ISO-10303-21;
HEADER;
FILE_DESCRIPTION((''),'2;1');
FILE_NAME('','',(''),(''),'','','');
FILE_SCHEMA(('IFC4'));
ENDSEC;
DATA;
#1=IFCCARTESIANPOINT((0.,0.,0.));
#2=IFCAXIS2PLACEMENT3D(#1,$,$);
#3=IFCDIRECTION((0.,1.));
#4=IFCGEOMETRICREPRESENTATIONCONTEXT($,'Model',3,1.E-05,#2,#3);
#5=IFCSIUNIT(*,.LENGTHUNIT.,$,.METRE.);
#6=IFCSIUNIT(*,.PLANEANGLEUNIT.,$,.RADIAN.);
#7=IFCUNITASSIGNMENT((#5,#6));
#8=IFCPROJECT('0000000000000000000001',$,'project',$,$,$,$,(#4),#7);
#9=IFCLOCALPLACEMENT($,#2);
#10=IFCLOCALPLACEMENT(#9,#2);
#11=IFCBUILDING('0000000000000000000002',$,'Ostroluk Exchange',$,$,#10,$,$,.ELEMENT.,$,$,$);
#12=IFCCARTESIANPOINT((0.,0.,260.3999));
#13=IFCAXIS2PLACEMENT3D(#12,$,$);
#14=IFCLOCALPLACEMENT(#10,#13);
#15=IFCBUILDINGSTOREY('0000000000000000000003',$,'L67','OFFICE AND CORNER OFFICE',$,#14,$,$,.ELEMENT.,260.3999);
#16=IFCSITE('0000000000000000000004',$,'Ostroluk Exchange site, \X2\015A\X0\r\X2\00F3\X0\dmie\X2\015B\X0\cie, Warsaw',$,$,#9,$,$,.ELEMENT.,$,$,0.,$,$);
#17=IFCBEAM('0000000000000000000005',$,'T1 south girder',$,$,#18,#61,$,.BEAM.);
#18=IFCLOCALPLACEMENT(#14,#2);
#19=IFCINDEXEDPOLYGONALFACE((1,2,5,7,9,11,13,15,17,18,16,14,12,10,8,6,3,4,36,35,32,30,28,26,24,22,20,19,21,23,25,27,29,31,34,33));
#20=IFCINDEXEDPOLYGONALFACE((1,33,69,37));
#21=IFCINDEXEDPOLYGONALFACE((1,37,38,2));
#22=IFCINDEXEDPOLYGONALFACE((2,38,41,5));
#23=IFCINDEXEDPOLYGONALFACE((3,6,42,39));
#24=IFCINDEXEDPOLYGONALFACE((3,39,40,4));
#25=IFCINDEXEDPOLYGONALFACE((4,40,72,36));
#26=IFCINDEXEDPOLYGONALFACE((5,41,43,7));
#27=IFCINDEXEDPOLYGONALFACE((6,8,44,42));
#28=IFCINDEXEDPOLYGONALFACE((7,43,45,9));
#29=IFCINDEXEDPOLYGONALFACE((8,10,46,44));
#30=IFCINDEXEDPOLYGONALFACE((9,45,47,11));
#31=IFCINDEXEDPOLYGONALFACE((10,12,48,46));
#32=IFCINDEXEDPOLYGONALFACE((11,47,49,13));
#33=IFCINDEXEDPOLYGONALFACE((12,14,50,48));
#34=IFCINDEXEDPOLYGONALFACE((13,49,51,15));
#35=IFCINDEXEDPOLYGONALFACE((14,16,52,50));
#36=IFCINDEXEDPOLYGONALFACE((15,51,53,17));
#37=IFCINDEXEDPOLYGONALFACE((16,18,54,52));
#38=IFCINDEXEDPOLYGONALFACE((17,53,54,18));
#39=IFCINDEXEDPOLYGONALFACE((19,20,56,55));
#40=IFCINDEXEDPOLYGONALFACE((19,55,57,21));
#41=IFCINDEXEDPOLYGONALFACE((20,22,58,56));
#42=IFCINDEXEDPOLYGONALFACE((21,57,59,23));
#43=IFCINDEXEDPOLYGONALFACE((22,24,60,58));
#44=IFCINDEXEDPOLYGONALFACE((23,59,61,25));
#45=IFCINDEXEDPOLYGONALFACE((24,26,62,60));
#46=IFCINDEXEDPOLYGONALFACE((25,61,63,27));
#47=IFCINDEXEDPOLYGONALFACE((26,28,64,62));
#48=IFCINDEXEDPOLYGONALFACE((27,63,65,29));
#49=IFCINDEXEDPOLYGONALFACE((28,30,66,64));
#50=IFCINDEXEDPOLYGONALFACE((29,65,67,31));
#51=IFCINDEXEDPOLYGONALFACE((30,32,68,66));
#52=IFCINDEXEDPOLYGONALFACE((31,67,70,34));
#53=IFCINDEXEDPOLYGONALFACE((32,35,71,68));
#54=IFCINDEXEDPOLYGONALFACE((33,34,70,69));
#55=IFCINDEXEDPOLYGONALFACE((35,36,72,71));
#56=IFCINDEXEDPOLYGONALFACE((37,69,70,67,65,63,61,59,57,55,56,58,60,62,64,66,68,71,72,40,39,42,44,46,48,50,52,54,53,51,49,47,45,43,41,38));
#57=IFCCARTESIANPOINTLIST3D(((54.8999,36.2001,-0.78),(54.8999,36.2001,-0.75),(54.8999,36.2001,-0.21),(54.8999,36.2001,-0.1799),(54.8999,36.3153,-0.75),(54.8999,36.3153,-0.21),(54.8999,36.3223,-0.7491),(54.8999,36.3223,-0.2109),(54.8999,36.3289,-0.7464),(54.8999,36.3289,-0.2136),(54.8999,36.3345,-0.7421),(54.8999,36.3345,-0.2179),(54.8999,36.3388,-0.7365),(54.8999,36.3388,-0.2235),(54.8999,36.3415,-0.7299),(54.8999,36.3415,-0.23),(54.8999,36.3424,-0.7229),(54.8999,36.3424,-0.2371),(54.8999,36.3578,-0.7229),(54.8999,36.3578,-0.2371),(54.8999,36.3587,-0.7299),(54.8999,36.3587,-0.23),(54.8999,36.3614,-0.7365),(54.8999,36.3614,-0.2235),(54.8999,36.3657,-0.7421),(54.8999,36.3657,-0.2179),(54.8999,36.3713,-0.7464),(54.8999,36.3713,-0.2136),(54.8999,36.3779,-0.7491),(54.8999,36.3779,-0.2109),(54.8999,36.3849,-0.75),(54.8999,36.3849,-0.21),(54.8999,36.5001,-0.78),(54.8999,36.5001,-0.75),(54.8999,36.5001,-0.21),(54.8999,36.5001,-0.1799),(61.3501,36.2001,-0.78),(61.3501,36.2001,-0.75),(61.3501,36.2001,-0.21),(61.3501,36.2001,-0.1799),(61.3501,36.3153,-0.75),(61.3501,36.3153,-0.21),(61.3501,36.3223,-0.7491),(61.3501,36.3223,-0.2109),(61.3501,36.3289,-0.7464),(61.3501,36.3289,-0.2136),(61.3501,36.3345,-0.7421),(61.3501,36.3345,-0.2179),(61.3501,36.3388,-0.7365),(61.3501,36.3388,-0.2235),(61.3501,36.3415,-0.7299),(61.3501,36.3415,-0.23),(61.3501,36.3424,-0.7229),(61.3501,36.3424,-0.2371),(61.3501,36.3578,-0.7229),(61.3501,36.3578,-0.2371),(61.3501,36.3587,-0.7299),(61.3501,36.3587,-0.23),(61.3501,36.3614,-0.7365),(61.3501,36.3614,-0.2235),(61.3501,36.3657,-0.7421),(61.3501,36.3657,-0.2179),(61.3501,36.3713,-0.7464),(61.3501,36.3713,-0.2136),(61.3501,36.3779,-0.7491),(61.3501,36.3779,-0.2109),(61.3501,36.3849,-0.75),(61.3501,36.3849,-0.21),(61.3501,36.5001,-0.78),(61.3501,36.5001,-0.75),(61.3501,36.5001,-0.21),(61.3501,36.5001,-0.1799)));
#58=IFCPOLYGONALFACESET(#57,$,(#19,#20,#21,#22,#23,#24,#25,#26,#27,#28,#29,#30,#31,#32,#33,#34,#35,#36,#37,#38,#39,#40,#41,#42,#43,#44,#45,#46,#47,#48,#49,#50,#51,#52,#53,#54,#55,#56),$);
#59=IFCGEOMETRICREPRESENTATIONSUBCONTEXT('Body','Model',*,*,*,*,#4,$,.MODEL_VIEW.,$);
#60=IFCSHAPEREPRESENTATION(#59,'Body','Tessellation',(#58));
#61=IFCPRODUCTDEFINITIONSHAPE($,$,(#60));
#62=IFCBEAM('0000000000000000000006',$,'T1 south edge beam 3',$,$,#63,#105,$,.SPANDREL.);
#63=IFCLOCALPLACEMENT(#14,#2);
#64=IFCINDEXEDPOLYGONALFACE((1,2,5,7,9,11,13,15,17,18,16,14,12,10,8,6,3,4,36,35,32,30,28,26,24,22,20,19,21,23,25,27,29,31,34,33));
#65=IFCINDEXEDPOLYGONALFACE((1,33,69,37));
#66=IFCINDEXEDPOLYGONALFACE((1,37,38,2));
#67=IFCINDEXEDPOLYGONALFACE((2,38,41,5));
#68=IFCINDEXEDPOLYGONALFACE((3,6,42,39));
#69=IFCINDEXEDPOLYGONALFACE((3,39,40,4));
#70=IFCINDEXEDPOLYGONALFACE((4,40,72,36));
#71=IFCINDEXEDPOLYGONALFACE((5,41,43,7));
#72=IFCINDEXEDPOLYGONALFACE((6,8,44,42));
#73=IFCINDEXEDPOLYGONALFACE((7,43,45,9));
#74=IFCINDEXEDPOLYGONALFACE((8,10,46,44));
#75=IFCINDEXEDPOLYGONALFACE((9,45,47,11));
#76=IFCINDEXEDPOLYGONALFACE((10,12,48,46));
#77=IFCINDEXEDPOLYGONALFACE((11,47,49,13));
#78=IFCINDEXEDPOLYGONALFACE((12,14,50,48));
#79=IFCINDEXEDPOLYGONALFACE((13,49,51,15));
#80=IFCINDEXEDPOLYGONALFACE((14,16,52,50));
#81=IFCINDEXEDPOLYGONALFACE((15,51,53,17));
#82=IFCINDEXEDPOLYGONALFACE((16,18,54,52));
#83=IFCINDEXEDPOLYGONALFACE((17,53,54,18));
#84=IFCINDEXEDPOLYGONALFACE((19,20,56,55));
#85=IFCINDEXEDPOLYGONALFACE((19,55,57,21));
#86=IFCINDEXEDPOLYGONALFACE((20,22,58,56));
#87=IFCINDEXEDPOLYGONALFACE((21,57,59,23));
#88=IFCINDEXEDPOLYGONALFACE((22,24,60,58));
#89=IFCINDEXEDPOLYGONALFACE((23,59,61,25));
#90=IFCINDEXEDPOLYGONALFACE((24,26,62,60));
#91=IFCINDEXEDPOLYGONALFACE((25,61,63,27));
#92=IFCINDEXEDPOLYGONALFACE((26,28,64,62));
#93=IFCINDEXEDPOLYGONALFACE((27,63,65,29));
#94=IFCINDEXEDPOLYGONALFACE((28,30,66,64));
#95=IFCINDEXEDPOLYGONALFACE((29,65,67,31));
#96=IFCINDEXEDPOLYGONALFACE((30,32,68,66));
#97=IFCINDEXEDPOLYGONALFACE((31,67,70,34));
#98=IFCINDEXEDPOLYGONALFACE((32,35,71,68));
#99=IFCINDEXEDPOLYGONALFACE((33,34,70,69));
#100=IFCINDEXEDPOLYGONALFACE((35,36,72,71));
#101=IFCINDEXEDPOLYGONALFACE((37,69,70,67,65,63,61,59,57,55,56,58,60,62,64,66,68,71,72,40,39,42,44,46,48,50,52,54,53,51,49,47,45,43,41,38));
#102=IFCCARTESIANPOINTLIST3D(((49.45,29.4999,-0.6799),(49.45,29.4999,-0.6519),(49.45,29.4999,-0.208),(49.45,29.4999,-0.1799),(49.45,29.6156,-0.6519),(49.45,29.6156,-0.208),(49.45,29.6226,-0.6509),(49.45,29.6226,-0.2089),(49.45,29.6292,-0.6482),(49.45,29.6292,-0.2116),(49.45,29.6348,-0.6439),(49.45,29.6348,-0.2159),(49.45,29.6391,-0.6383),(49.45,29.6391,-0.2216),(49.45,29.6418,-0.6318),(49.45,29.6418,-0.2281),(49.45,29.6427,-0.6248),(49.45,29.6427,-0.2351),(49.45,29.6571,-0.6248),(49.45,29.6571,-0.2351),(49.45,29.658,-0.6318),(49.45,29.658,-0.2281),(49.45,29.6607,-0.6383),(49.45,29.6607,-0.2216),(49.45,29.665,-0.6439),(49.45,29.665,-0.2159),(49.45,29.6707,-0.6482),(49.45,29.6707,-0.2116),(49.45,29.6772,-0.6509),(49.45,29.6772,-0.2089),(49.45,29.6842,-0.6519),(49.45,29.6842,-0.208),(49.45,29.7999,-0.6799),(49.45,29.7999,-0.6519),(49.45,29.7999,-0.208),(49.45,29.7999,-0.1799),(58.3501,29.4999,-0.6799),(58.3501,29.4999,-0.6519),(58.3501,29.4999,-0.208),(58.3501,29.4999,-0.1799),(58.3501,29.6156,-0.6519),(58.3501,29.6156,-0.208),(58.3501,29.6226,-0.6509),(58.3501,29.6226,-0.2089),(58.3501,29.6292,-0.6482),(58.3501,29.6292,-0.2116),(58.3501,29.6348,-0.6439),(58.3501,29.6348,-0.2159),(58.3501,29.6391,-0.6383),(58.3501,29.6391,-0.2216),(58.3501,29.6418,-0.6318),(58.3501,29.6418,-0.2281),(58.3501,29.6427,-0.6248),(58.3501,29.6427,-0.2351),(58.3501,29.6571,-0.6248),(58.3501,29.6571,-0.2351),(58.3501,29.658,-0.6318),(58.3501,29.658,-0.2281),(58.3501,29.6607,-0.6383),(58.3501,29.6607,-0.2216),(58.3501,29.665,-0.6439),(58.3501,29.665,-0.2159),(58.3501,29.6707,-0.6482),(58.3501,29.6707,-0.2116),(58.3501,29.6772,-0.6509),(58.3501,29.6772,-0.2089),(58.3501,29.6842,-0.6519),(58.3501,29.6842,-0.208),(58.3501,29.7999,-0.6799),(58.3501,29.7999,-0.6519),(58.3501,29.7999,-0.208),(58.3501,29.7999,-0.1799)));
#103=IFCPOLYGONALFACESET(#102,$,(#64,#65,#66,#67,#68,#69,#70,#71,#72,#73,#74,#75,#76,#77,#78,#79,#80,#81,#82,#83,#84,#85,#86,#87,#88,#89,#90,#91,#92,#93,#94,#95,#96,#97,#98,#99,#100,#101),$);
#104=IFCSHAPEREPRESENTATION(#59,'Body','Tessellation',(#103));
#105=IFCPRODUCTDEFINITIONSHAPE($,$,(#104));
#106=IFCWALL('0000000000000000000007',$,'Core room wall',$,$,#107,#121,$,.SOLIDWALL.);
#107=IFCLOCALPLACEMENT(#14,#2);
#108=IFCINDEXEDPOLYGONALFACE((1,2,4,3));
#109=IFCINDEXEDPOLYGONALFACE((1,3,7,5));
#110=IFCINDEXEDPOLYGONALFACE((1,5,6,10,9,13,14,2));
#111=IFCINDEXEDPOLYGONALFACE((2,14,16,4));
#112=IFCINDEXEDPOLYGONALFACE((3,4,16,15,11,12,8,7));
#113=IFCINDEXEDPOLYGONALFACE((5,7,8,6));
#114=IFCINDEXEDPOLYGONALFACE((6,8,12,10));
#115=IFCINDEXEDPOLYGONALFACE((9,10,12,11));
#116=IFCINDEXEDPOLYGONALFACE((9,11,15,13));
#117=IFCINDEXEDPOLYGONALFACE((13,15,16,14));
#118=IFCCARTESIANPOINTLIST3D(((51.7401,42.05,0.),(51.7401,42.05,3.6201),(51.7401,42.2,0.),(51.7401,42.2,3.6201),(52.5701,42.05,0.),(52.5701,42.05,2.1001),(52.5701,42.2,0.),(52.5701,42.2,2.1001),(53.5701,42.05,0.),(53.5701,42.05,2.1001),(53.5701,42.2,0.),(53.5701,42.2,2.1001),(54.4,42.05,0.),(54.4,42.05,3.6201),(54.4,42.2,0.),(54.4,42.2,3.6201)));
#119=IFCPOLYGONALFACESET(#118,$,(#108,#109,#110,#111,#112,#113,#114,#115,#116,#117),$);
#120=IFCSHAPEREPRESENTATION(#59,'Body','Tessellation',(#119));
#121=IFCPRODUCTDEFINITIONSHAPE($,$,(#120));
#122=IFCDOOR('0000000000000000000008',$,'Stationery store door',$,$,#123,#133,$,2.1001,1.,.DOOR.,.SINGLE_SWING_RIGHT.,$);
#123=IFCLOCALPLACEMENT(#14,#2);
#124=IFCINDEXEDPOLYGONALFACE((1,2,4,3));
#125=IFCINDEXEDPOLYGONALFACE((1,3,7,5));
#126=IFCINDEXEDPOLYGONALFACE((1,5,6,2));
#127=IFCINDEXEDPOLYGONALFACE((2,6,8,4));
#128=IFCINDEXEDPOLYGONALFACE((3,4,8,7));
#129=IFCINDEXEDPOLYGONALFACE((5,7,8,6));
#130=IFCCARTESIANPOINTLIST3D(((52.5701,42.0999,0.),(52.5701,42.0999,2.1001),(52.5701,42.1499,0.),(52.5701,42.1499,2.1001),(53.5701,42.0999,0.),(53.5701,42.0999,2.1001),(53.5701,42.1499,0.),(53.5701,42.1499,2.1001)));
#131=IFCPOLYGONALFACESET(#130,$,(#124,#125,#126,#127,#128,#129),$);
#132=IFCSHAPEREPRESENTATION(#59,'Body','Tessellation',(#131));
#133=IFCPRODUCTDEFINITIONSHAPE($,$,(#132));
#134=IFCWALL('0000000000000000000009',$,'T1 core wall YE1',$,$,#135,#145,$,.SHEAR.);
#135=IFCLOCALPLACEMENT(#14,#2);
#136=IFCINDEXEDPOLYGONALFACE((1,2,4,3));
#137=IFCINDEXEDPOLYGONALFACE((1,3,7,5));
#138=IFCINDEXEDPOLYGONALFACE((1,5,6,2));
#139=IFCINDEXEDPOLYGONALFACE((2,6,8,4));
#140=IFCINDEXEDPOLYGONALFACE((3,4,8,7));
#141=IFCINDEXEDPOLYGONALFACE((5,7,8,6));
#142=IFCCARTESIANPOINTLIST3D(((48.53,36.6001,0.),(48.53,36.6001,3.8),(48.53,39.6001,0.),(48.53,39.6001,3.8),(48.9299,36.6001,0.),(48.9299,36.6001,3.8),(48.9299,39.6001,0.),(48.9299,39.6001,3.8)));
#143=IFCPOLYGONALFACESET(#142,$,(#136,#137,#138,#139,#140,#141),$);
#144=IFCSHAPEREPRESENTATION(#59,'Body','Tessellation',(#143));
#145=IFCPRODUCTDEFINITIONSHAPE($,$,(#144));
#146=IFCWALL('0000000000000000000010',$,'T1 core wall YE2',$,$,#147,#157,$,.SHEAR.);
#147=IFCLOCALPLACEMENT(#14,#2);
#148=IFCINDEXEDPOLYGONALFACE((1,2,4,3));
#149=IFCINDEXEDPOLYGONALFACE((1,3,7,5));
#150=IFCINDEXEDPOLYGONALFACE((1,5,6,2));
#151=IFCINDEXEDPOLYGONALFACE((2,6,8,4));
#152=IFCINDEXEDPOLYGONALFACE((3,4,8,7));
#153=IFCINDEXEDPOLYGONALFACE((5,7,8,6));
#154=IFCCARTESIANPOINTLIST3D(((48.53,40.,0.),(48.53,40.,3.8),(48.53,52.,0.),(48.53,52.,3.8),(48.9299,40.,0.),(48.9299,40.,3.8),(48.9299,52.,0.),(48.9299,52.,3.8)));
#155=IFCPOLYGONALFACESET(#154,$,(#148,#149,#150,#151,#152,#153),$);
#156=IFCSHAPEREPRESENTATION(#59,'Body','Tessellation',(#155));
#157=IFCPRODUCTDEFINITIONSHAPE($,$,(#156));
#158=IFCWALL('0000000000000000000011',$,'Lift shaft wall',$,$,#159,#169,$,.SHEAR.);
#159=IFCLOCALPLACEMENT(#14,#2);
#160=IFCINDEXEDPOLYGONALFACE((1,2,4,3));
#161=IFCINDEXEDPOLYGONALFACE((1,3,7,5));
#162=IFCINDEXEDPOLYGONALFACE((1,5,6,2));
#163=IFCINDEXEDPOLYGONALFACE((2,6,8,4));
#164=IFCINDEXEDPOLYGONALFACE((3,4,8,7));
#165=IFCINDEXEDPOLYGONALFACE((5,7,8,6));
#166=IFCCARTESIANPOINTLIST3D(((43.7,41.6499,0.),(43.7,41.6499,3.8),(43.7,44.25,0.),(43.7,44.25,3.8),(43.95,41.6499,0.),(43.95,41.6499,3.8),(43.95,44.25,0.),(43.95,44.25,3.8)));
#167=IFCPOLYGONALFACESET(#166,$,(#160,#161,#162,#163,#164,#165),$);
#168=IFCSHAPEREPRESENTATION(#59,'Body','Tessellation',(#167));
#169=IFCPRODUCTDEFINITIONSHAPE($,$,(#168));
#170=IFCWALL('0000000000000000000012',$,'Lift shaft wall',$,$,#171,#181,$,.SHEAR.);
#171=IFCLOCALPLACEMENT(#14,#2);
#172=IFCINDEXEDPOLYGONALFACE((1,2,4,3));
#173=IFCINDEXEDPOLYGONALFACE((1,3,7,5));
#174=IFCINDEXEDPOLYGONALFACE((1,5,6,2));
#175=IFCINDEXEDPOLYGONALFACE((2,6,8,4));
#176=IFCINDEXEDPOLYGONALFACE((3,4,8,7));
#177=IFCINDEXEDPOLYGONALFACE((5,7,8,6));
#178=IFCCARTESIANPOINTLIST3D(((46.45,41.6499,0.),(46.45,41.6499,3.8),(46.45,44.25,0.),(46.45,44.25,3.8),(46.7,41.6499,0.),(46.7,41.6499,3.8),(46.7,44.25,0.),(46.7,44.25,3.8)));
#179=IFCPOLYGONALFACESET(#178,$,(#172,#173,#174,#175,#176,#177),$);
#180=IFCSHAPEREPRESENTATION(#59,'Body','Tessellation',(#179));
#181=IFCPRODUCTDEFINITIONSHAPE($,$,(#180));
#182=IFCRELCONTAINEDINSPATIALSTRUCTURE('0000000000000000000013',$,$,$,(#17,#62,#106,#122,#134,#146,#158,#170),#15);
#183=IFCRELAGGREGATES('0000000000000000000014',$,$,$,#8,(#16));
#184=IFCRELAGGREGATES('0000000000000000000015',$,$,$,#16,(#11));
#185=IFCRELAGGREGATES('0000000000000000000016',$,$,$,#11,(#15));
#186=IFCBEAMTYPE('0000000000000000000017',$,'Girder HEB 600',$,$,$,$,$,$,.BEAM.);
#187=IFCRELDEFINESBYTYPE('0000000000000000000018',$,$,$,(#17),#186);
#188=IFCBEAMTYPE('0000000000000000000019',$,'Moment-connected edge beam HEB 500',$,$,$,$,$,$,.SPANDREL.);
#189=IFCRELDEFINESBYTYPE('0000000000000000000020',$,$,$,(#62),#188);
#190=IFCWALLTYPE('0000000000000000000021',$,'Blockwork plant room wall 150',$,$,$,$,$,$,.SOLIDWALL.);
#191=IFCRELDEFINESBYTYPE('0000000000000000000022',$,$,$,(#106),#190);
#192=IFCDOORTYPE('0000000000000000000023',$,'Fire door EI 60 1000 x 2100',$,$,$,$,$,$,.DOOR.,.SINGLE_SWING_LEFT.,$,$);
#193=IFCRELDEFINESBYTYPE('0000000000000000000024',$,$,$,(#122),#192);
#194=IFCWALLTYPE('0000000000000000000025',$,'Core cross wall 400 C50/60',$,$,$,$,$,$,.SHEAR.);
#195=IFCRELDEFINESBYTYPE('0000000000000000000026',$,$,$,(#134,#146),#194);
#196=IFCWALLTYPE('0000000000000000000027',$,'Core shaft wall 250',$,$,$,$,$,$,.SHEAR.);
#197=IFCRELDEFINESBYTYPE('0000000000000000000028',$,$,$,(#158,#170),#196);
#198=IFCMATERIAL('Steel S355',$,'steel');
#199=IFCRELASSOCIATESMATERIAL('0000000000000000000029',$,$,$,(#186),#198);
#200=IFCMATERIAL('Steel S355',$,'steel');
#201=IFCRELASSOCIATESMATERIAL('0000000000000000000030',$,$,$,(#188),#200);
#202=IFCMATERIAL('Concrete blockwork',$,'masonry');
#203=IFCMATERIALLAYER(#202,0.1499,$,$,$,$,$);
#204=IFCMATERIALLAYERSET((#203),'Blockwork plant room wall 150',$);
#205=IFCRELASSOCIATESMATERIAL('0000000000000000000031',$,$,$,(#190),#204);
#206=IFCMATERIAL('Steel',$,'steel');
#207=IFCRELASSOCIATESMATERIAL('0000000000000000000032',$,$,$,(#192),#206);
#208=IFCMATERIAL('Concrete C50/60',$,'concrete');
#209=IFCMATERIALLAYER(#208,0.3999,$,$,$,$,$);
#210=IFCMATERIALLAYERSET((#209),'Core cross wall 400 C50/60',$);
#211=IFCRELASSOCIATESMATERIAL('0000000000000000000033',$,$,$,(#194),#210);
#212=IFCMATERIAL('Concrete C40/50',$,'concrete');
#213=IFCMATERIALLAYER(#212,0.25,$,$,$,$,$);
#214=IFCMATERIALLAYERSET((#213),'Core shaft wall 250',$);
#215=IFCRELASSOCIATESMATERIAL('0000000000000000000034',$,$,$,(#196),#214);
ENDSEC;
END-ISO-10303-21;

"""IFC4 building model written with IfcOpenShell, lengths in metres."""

from ifc_helpers import new_model, si_unit, direction, frame, frame_2d, origin, origin_2d, place, context, subcontext, project, spatial, rectangle, i_section, extrude, material, layer, layer_set, material_profile, profile_set, type_object, element, fill, save


model = new_model("IFC4")

# Units and contexts
model_context = context("Model", 3, precision=1e-05, world=origin(), true_north=direction((0.0, 1.0)))
body_context = subcontext(model_context, "Body", "Model", "MODEL_VIEW")
ifc_project = project(units=[si_unit("LENGTHUNIT", "METRE"), si_unit("PLANEANGLEUNIT", "RADIAN")], contexts=[model_context])

# Site, building, storey
site_placement = place(None, origin())
site = spatial("IfcSite", under=ifc_project, at=site_placement, Name="Ostroluk Exchange site, Śródmieście, Warsaw", CompositionType="ELEMENT", RefElevation=0.0)
building_placement = place(site_placement, origin())
building = spatial("IfcBuilding", under=site, at=building_placement, Name="Ostroluk Exchange", CompositionType="ELEMENT")
storey_placement = place(building_placement, frame((0.0, 0.0, 260.3999)))
storey = spatial("IfcBuildingStorey", under=building, at=storey_placement, Name="L67", Description="OFFICE AND CORNER OFFICE", CompositionType="ELEMENT", Elevation=260.3999)

# Beams
ifc_material_1 = material(Name="Steel S355", Category="steel")
ifc_material_profile_1 = material_profile(ifc_material_1, i_section(OverallWidth=0.3, OverallDepth=0.6001, WebThickness=0.0154, FlangeThickness=0.03, FilletRadius=0.0271, at=origin_2d()), Name="HEB 600")
ifc_profile_set_1 = profile_set([ifc_material_profile_1], Name="Steel S355")
beam_type_1 = type_object("IfcBeamType", Name="Girder HEB 600", PredefinedType="BEAM", material=ifc_profile_set_1)
beam_1_placement = place(storey_placement, frame((54.8999, 36.3501, -0.48), z_axis=(1.0, 0.0, 0.0), x_axis=(0.0, 1.0, 0.0)))
element("IfcBeam", 1, at=beam_1_placement, inside=storey, type_object=beam_type_1, Name="T1 south girder", PredefinedType="BEAM", context=body_context, shape_type="SweptSolid", body=[
    extrude(i_section(OverallWidth=0.3, OverallDepth=0.6001, WebThickness=0.0154, FlangeThickness=0.03, FilletRadius=0.0271, at=origin_2d()), origin(), (0.0, 0.0, 1.0), 6.4502),
])
ifc_material_2 = material(Name="Steel S355", Category="steel")
ifc_material_profile_2 = material_profile(ifc_material_2, i_section(OverallWidth=0.3, OverallDepth=0.5, WebThickness=0.0144, FlangeThickness=0.0281, FilletRadius=0.0271, at=origin_2d()), Name="HEB 500")
ifc_profile_set_2 = profile_set([ifc_material_profile_2], Name="Steel S355")
beam_type_2 = type_object("IfcBeamType", Name="Moment-connected edge beam HEB 500", PredefinedType="SPANDREL", material=ifc_profile_set_2)
beam_2_placement = place(storey_placement, frame((49.45, 29.6499, -0.4299), z_axis=(1.0, 0.0, 0.0), x_axis=(0.0, 1.0, 0.0)))
element("IfcBeam", 2, at=beam_2_placement, inside=storey, type_object=beam_type_2, Name="T1 south edge beam 3", PredefinedType="SPANDREL", context=body_context, shape_type="SweptSolid", body=[
    extrude(i_section(OverallWidth=0.3, OverallDepth=0.5, WebThickness=0.0144, FlangeThickness=0.0281, FilletRadius=0.0271, at=origin_2d()), origin(), (0.0, 0.0, 1.0), 8.9001),
])

# Wall, opening, door
ifc_material_3 = material(Name="Concrete blockwork", Category="masonry")
ifc_layer_1 = layer(ifc_material_3, 0.1499)
ifc_layer_set_1 = layer_set([ifc_layer_1], Name="Blockwork plant room wall 150")
wall_type_1 = type_object("IfcWallType", Name="Blockwork plant room wall 150", PredefinedType="SOLIDWALL", material=ifc_layer_set_1)
wall_1_placement = place(storey_placement, frame((51.74, 42.125, 0.0), z_axis=(0.0, 0.0, 1.0), x_axis=(1.0, 0.0, 0.0)))
wall_1 = element("IfcWall", 3, at=wall_1_placement, inside=storey, type_object=wall_type_1, Name="Core room wall", PredefinedType="SOLIDWALL", context=body_context, shape_type="SweptSolid", body=[
    extrude(rectangle(XDim=2.6599, YDim=0.1499, at=frame_2d((1.3301, 0.0))), origin(), (0.0, 0.0, 1.0), 3.6201),
])
opening_1_placement = place(wall_1_placement, frame((0.8301, 0.0, 0.0)))
opening_1 = element("IfcOpeningElement", 4, at=opening_1_placement, cuts=wall_1, PredefinedType="OPENING", context=body_context, shape_type="SweptSolid", body=[
    extrude(rectangle(XDim=1.0, YDim=2.1001, at=frame_2d((0.5, 1.05))), frame((0.0, 0.085, 0.0), z_axis=(0.0, -1.0, 0.0), x_axis=(1.0, 0.0, 0.0)), (0.0, 0.0, 1.0), 0.1699),
])
ifc_material_4 = material(Name="Steel", Category="steel")
door_type_1 = type_object("IfcDoorType", Name="Fire door EI 60 1000 x 2100", OperationType="SINGLE_SWING_LEFT", PredefinedType="DOOR", material=ifc_material_4)
door_1_placement = place(opening_1_placement, origin())
door_1 = element("IfcDoor", 5, at=door_1_placement, inside=storey, type_object=door_type_1, Name="Stationery store door", OperationType="SINGLE_SWING_RIGHT", OverallHeight=2.1001, OverallWidth=1.0, PredefinedType="DOOR", context=body_context, shape_type="SweptSolid", body=[
    extrude(rectangle(XDim=1.0, YDim=2.1001, at=frame_2d((0.5, 1.05))), frame((0.0, 0.0249, 0.0), z_axis=(0.0, -1.0, 0.0), x_axis=(1.0, 0.0, 0.0)), (0.0, 0.0, 1.0), 0.05),
])
fill(opening_1, door_1)

# Walls
ifc_material_5 = material(Name="Concrete C50/60", Category="concrete")
ifc_layer_2 = layer(ifc_material_5, 0.3999)
ifc_layer_set_2 = layer_set([ifc_layer_2], Name="Core cross wall 400 C50/60")
wall_type_2 = type_object("IfcWallType", Name="Core cross wall 400 C50/60", PredefinedType="SHEAR", material=ifc_layer_set_2)
wall_2_placement = place(storey_placement, frame((48.73, 36.6001, 0.0), z_axis=(0.0, 0.0, 1.0), x_axis=(0.0, 1.0, 0.0)))
element("IfcWall", 6, at=wall_2_placement, inside=storey, type_object=wall_type_2, Name="T1 core wall YE1", PredefinedType="SHEAR", context=body_context, shape_type="SweptSolid", body=[
    extrude(rectangle(XDim=3.0, YDim=0.3999, at=frame_2d((1.5, 0.0))), origin(), (0.0, 0.0, 1.0), 3.8),
])
wall_3_placement = place(storey_placement, frame((48.73, 40.0, 0.0), z_axis=(0.0, 0.0, 1.0), x_axis=(0.0, 1.0, 0.0)))
element("IfcWall", 7, at=wall_3_placement, inside=storey, type_object=wall_type_2, Name="T1 core wall YE2", PredefinedType="SHEAR", context=body_context, shape_type="SweptSolid", body=[
    extrude(rectangle(XDim=12.0, YDim=0.3999, at=frame_2d((6.0, 0.0))), origin(), (0.0, 0.0, 1.0), 3.8),
])

# Shared definitions
ifc_material_6 = material(Name="Concrete C40/50", Category="concrete")
ifc_layer_3 = layer(ifc_material_6, 0.25)
ifc_layer_set_3 = layer_set([ifc_layer_3], Name="Core shaft wall 250")
wall_type_3 = type_object("IfcWallType", Name="Core shaft wall 250", PredefinedType="SHEAR", material=ifc_layer_set_3)

# Walls
for number, where, z_axis, x_axis, name in (
    (8, (43.825, 44.25, 0.0), (0.0, 0.0, 1.0), (0.0, -1.0, 0.0), "Lift shaft wall"),
    (9, (46.575, 44.25, 0.0), (0.0, 0.0, 1.0), (0.0, -1.0, 0.0), "Lift shaft wall"),
):
    element("IfcWall", number, at=place(storey_placement, frame(where, z_axis=z_axis, x_axis=x_axis)), inside=storey, type_object=wall_type_3, Name=name, PredefinedType="SHEAR", context=body_context, shape_type="SweptSolid", body=[
        extrude(rectangle(XDim=2.6001, YDim=0.25, at=frame_2d((1.3, 0.0))), origin(), (0.0, 0.0, 1.0), 3.8),
    ])

save(model, "model.ifc")
